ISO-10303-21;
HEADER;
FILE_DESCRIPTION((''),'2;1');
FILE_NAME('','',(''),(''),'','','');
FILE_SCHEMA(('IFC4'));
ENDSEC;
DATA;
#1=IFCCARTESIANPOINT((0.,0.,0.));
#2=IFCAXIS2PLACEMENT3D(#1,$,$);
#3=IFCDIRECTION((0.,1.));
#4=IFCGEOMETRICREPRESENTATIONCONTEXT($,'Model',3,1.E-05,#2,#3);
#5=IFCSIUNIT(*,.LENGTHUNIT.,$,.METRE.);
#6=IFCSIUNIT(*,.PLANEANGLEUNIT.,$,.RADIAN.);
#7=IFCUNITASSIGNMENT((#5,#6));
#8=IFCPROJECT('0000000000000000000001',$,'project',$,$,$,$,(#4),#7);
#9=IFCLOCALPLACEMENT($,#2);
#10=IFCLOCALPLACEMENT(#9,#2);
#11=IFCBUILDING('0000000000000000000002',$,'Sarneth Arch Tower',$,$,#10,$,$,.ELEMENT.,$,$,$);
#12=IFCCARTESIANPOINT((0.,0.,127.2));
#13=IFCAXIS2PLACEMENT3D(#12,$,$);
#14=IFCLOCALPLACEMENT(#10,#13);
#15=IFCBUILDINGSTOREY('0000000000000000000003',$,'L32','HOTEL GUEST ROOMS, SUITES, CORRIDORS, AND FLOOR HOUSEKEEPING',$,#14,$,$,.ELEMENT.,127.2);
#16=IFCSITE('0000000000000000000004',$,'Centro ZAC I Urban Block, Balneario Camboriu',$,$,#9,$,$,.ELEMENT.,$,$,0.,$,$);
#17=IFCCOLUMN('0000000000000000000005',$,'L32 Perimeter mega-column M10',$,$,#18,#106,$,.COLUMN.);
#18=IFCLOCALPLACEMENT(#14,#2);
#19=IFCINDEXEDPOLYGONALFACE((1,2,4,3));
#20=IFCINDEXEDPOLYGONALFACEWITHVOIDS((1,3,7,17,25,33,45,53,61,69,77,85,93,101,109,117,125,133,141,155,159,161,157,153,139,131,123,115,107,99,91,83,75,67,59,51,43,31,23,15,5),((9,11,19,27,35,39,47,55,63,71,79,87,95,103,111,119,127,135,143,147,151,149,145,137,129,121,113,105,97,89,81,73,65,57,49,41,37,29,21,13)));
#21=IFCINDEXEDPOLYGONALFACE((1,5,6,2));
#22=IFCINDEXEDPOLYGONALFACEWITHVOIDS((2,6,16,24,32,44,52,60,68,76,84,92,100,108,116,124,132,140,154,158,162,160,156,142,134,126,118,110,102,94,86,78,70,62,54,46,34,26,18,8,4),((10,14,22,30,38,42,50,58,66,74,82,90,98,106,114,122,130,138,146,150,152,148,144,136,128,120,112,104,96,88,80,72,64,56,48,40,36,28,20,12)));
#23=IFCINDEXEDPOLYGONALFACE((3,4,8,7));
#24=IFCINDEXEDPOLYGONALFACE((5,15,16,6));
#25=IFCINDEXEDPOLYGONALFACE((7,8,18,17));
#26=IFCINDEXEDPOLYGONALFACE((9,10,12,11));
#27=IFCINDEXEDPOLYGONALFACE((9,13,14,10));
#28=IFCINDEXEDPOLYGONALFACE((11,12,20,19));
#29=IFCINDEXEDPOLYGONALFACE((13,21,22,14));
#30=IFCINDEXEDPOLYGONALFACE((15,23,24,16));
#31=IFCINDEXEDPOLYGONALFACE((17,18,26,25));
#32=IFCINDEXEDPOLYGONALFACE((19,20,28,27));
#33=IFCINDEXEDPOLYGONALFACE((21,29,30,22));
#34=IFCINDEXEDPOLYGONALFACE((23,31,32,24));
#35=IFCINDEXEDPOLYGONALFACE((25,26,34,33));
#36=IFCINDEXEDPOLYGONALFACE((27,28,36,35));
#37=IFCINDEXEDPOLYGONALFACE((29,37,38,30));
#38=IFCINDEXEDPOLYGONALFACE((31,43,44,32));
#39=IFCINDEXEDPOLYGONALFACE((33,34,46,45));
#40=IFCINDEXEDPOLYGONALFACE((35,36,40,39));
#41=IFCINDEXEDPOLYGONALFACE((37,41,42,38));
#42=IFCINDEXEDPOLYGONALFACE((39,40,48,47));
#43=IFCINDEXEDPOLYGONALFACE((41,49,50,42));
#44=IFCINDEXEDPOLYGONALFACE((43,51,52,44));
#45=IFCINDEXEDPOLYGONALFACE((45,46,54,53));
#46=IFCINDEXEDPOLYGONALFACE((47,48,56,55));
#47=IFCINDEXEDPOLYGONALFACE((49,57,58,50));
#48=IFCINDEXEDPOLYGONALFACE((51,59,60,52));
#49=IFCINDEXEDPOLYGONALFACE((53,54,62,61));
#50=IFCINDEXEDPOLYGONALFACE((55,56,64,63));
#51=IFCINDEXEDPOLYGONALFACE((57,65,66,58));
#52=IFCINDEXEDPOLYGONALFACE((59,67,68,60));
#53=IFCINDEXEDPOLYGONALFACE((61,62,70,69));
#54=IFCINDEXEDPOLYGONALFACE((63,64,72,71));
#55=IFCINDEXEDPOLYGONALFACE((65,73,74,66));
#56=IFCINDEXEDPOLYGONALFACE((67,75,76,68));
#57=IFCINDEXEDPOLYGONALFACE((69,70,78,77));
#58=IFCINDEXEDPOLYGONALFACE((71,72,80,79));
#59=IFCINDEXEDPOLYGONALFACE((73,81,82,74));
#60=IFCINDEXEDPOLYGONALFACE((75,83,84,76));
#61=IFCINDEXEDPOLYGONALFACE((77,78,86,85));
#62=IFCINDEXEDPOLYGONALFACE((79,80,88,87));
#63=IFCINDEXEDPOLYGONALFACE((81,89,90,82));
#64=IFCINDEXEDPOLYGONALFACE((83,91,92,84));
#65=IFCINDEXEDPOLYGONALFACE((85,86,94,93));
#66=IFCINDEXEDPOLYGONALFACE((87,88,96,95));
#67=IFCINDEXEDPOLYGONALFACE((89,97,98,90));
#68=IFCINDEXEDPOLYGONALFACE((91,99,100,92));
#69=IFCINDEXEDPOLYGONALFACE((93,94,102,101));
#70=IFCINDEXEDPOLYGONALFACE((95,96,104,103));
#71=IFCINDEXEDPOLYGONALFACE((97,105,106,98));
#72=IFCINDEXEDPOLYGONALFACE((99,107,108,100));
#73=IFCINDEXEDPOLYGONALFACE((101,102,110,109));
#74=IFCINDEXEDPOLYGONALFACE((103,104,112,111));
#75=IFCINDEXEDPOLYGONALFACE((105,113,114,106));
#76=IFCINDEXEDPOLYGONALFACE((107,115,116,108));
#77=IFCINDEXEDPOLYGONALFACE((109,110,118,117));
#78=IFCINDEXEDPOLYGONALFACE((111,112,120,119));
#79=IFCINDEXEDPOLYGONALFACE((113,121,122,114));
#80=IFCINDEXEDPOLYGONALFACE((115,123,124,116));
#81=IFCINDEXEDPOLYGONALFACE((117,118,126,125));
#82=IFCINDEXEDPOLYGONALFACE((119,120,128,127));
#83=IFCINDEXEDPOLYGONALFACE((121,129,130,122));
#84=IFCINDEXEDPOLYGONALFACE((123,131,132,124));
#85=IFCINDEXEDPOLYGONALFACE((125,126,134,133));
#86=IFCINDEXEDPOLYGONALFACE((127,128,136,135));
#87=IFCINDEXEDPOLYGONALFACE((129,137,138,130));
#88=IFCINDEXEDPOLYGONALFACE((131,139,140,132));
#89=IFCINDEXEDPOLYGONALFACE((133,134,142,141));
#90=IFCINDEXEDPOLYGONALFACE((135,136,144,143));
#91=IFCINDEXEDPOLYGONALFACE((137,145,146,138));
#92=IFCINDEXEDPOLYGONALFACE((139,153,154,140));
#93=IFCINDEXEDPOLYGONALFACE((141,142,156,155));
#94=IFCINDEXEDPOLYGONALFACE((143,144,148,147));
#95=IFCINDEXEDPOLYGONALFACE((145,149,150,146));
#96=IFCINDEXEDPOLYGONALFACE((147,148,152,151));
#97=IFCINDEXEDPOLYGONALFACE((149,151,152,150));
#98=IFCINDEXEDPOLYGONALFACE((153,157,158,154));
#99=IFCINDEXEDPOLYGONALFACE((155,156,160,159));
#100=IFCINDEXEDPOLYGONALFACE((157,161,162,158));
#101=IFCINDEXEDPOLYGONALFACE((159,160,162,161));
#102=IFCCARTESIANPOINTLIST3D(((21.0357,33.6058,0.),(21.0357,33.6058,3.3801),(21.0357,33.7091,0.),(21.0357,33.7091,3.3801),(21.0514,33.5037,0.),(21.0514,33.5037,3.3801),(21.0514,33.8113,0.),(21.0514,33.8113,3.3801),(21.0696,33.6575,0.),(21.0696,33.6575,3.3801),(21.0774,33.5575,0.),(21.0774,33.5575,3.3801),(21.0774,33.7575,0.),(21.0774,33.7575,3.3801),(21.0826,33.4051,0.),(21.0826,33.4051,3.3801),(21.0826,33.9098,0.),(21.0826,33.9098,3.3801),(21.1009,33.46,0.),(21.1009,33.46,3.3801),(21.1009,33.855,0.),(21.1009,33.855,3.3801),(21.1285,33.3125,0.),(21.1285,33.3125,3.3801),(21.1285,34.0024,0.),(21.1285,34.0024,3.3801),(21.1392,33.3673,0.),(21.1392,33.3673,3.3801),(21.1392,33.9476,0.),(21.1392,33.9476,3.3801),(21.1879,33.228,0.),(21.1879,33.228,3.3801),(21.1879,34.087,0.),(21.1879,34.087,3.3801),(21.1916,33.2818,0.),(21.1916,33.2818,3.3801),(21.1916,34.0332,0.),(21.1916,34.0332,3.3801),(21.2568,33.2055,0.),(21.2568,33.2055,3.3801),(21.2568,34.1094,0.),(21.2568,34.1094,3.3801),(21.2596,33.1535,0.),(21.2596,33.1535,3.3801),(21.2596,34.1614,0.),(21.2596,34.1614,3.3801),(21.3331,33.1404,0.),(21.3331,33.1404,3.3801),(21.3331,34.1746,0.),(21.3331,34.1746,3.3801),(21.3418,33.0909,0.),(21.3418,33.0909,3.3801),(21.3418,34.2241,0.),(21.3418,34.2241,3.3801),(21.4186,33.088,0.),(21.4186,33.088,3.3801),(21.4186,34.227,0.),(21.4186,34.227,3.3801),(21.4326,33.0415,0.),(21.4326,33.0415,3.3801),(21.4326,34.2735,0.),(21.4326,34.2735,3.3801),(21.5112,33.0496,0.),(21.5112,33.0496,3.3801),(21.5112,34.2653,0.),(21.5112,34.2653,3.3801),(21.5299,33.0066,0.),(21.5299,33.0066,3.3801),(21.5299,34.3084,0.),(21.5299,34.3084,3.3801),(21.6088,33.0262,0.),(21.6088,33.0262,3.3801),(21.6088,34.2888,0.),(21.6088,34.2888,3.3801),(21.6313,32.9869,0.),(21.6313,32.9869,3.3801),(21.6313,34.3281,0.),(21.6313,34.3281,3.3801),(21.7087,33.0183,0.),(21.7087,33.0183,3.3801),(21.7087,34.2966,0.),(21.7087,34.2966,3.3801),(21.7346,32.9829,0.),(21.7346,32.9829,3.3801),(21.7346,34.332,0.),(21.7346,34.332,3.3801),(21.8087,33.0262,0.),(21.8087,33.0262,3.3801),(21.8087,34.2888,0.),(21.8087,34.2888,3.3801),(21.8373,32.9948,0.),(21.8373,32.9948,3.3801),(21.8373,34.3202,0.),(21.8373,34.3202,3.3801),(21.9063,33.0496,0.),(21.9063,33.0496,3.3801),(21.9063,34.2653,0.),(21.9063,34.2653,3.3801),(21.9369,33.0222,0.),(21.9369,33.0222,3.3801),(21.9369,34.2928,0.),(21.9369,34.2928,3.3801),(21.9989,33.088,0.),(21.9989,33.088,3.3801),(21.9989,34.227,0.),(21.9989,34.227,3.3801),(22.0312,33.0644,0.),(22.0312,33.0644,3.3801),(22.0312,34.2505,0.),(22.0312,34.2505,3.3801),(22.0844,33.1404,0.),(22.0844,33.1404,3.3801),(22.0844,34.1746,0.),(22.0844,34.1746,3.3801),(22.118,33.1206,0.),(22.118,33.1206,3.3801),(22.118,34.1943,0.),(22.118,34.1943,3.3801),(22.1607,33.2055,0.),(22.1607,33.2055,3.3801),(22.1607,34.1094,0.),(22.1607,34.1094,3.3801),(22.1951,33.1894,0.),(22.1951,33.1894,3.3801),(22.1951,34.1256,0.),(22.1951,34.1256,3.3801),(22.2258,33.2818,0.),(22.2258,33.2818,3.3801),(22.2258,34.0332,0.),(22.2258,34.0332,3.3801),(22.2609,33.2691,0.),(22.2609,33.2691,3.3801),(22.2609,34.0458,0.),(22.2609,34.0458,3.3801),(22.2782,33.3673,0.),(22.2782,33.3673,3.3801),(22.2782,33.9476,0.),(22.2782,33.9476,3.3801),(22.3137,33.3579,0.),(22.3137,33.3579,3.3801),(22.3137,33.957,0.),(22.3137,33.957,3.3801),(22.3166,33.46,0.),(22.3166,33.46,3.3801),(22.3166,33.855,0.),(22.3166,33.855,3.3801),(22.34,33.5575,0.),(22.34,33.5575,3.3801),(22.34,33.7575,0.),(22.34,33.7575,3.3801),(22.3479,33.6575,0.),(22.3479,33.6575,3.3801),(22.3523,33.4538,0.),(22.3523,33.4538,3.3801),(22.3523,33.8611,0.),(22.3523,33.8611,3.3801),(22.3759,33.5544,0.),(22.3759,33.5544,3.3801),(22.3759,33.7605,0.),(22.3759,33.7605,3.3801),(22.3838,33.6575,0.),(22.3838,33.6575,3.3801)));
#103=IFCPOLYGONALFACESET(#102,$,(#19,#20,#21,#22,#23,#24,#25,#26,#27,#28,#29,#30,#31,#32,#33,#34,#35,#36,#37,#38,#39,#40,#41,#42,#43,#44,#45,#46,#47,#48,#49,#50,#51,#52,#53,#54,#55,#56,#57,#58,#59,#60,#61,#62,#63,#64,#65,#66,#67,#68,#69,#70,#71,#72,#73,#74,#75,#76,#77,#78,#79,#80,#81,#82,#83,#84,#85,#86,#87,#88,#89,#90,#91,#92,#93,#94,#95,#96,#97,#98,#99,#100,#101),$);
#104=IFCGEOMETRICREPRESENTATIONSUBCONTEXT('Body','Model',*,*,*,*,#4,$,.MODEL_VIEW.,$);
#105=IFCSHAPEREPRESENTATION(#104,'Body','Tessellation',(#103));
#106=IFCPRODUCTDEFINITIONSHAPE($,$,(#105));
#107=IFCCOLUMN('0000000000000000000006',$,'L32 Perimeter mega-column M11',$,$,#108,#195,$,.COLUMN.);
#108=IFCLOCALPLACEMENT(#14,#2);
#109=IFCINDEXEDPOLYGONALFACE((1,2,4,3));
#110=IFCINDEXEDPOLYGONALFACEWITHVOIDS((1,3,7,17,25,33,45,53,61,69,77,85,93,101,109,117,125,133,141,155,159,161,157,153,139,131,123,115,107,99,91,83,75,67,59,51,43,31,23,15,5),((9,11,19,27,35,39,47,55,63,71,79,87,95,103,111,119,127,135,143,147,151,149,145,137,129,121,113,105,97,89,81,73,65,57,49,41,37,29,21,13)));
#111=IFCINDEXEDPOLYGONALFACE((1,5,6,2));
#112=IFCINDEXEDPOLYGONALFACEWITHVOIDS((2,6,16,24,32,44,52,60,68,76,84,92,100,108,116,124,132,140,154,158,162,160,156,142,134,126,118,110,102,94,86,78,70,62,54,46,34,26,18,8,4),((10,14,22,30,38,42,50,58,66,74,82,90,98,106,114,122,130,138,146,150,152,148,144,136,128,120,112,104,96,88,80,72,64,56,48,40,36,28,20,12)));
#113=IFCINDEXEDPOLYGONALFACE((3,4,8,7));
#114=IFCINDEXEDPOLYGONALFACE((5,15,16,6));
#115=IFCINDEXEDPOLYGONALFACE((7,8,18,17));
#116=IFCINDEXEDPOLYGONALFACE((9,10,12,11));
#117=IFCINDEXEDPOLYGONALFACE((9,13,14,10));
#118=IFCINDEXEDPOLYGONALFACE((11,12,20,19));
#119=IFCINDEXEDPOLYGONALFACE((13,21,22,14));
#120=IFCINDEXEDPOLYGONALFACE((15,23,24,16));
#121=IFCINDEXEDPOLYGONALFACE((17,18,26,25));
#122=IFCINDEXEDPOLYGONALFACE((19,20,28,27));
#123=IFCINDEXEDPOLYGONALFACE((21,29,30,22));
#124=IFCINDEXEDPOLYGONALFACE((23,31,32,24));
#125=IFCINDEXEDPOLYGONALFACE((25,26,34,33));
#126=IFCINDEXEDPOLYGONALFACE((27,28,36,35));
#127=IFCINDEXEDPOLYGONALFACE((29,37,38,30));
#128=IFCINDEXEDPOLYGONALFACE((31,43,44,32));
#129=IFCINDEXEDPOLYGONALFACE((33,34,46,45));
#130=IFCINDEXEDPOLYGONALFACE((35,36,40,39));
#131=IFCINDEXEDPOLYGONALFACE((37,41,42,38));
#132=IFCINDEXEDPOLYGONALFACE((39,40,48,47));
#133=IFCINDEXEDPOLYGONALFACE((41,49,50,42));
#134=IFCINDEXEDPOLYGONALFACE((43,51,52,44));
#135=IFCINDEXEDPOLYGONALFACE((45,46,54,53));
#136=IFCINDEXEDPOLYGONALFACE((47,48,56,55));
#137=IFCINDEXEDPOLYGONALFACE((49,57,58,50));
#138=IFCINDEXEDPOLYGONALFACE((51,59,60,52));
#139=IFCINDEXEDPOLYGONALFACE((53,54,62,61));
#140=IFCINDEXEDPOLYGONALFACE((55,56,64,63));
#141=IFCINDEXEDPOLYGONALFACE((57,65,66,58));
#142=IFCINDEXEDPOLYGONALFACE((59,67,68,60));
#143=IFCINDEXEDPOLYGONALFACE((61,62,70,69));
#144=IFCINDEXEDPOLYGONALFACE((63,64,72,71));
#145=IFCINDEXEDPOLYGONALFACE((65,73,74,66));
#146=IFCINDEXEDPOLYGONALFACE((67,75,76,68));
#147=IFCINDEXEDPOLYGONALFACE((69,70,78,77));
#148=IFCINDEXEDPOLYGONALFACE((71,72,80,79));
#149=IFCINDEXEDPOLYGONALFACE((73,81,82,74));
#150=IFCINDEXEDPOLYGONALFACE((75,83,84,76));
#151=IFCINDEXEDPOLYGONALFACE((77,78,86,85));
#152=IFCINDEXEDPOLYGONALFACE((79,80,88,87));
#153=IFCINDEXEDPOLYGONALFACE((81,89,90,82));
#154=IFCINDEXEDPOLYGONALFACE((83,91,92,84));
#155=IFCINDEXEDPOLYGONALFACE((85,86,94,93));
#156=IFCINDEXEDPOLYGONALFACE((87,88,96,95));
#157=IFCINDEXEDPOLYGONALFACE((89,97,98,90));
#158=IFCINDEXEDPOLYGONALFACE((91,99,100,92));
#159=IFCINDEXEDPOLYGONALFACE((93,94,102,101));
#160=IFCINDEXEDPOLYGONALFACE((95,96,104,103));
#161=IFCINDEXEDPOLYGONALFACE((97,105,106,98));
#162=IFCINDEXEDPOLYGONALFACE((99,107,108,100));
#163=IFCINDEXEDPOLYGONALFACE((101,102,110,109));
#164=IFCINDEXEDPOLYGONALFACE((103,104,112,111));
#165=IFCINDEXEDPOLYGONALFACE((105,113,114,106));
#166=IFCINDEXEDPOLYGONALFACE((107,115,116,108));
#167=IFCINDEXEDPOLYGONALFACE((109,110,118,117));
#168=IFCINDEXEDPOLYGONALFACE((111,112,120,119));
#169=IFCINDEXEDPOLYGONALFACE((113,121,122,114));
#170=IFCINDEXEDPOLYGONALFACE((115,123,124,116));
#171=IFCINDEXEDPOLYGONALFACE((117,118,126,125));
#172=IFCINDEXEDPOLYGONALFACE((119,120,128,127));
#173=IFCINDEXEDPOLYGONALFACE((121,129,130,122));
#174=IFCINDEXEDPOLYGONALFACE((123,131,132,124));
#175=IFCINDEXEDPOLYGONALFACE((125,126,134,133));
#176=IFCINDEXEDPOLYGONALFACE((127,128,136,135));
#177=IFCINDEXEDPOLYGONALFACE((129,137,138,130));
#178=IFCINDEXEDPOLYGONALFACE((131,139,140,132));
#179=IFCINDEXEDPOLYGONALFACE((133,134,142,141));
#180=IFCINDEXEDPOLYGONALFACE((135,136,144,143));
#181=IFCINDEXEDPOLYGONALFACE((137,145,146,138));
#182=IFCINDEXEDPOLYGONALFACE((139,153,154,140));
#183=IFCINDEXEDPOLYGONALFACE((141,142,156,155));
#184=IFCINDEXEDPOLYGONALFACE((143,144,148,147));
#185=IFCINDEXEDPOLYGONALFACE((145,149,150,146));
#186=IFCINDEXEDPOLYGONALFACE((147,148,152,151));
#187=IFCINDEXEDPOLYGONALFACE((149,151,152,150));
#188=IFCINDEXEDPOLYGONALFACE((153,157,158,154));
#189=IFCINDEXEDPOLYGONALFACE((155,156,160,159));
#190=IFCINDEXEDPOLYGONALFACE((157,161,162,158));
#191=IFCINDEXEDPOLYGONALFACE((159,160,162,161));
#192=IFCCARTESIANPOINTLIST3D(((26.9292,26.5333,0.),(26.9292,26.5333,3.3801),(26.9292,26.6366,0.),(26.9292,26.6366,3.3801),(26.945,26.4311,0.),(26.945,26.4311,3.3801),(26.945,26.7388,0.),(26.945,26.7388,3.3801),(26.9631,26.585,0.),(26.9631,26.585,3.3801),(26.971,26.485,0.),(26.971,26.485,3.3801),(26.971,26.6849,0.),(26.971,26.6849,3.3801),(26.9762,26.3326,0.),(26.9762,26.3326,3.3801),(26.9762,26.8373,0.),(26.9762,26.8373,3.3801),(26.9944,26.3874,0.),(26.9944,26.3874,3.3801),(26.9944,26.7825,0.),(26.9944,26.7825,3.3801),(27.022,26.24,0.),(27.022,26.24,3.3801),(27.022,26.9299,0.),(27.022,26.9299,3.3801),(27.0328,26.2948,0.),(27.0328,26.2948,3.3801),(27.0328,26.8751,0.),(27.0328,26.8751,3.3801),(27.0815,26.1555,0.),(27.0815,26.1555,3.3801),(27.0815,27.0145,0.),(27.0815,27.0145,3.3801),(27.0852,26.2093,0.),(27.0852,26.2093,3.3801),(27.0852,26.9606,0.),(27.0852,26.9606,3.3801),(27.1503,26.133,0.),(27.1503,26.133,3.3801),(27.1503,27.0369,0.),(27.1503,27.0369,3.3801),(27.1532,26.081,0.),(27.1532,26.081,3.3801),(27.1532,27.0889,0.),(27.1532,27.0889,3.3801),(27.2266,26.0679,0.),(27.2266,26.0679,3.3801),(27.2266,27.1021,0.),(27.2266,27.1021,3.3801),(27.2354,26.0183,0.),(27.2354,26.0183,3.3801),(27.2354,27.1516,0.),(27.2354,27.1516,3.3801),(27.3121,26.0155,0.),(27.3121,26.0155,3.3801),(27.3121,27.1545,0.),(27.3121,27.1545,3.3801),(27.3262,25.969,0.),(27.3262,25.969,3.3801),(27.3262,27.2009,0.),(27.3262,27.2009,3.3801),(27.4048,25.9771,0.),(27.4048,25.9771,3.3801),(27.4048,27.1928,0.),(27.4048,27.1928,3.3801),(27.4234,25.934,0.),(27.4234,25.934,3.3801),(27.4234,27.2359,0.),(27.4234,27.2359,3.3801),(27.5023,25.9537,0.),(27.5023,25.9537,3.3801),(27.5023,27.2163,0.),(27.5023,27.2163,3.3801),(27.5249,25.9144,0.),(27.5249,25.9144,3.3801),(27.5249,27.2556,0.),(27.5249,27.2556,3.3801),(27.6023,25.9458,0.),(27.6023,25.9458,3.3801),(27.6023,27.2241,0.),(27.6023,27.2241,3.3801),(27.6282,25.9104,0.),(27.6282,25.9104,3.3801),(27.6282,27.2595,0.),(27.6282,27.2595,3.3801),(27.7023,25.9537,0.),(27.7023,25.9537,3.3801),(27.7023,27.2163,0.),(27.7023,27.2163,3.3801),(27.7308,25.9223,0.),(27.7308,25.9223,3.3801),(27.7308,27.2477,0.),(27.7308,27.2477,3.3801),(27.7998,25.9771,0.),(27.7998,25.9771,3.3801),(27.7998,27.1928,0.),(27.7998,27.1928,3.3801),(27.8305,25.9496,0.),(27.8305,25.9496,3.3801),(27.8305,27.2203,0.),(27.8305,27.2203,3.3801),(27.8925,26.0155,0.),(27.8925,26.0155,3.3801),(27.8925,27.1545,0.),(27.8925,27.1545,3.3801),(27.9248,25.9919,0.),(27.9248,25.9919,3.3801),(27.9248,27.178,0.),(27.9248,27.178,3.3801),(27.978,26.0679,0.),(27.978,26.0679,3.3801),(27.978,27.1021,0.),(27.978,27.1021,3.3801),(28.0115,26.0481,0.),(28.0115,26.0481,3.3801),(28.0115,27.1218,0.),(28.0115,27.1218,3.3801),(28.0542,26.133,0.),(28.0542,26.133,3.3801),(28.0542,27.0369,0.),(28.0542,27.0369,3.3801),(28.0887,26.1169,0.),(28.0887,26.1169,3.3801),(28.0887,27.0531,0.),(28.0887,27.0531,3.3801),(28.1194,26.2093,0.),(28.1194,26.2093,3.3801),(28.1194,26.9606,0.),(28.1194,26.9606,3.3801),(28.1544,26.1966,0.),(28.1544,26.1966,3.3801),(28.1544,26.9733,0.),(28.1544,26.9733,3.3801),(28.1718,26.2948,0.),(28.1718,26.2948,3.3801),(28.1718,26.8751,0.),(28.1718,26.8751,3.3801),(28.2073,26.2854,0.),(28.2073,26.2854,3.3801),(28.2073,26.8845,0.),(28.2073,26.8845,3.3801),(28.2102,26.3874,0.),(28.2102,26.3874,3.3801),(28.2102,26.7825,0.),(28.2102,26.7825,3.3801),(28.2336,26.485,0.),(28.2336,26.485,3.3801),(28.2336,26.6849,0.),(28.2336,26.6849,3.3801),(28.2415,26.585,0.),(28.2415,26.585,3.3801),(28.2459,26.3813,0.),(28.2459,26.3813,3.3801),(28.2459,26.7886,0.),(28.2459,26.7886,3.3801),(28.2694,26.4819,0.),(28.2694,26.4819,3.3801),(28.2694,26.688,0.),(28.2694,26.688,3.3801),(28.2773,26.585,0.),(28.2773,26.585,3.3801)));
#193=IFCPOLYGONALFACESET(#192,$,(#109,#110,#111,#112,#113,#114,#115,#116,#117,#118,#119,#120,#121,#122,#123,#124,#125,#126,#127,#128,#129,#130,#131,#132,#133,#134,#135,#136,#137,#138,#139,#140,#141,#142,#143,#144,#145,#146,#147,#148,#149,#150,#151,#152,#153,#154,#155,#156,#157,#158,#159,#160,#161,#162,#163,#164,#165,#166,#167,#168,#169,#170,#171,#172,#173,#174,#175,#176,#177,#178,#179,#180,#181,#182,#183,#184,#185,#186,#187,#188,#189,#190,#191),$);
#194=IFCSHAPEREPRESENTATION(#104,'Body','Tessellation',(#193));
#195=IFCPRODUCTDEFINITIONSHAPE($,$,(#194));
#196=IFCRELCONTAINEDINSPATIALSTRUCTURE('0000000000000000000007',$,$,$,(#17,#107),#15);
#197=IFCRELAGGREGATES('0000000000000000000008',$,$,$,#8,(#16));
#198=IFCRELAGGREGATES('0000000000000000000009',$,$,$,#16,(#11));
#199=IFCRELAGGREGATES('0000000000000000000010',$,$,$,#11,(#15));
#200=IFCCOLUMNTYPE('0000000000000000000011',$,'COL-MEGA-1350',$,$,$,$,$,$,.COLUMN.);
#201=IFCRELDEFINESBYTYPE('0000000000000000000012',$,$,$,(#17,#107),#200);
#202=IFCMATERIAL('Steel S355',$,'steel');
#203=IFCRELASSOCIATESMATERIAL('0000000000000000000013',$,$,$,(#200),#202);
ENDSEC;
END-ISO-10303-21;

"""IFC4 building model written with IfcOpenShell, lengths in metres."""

from ifc_helpers import new_model, si_unit, direction, frame, origin, origin_2d, place, context, subcontext, project, spatial, hollow_circle, extrude, material, material_profile, profile_set, type_object, element, save


model = new_model("IFC4")

# Units and contexts
model_context = context("Model", 3, precision=1e-05, world=origin(), true_north=direction((0.0, 1.0)))
body_context = subcontext(model_context, "Body", "Model", "MODEL_VIEW")
ifc_project = project(units=[si_unit("LENGTHUNIT", "METRE"), si_unit("PLANEANGLEUNIT", "RADIAN")], contexts=[model_context])

# Site, building, storey
site_placement = place(None, origin())
site = spatial("IfcSite", under=ifc_project, at=site_placement, Name="Centro ZAC I Urban Block, Balneario Camboriu", CompositionType="ELEMENT", RefElevation=0.0)
building_placement = place(site_placement, origin())
building = spatial("IfcBuilding", under=site, at=building_placement, Name="Sarneth Arch Tower", CompositionType="ELEMENT")
storey_placement = place(building_placement, frame((0.0, 0.0, 127.2)))
storey = spatial("IfcBuildingStorey", under=building, at=storey_placement, Name="L32", Description="HOTEL GUEST ROOMS, SUITES, CORRIDORS, AND FLOOR HOUSEKEEPING", CompositionType="ELEMENT", Elevation=127.2)

# Columns
ifc_material_1 = material(Name="Steel S355", Category="steel")
ifc_material_profile_1 = material_profile(ifc_material_1, hollow_circle(Radius=0.675, WallThickness=0.0359, at=origin_2d()), Name="CHS1350x36")
ifc_profile_set_1 = profile_set([ifc_material_profile_1], Name="Steel S355")
column_type = type_object("IfcColumnType", Name="COL-MEGA-1350", PredefinedType="COLUMN", material=ifc_profile_set_1)
for number, where, z_axis, x_axis, name in (
    (1, (21.7087, 33.6575, 0.0), (0.0, 0.0, 1.0), (1.0, 0.0, 0.0), "L32 Perimeter mega-column M10"),
    (2, (27.6023, 26.585, 0.0), (0.0, 0.0, 1.0), (1.0, 0.0, 0.0), "L32 Perimeter mega-column M11"),
):
    element("IfcColumn", number, at=place(storey_placement, frame(where, z_axis=z_axis, x_axis=x_axis)), inside=storey, type_object=column_type, Name=name, PredefinedType="COLUMN", context=body_context, shape_type="SweptSolid", body=[
        extrude(hollow_circle(Radius=0.675, WallThickness=0.0359, at=origin_2d()), origin(), (0.0, 0.0, 1.0), 3.3801),
    ])

save(model, "model.ifc")
